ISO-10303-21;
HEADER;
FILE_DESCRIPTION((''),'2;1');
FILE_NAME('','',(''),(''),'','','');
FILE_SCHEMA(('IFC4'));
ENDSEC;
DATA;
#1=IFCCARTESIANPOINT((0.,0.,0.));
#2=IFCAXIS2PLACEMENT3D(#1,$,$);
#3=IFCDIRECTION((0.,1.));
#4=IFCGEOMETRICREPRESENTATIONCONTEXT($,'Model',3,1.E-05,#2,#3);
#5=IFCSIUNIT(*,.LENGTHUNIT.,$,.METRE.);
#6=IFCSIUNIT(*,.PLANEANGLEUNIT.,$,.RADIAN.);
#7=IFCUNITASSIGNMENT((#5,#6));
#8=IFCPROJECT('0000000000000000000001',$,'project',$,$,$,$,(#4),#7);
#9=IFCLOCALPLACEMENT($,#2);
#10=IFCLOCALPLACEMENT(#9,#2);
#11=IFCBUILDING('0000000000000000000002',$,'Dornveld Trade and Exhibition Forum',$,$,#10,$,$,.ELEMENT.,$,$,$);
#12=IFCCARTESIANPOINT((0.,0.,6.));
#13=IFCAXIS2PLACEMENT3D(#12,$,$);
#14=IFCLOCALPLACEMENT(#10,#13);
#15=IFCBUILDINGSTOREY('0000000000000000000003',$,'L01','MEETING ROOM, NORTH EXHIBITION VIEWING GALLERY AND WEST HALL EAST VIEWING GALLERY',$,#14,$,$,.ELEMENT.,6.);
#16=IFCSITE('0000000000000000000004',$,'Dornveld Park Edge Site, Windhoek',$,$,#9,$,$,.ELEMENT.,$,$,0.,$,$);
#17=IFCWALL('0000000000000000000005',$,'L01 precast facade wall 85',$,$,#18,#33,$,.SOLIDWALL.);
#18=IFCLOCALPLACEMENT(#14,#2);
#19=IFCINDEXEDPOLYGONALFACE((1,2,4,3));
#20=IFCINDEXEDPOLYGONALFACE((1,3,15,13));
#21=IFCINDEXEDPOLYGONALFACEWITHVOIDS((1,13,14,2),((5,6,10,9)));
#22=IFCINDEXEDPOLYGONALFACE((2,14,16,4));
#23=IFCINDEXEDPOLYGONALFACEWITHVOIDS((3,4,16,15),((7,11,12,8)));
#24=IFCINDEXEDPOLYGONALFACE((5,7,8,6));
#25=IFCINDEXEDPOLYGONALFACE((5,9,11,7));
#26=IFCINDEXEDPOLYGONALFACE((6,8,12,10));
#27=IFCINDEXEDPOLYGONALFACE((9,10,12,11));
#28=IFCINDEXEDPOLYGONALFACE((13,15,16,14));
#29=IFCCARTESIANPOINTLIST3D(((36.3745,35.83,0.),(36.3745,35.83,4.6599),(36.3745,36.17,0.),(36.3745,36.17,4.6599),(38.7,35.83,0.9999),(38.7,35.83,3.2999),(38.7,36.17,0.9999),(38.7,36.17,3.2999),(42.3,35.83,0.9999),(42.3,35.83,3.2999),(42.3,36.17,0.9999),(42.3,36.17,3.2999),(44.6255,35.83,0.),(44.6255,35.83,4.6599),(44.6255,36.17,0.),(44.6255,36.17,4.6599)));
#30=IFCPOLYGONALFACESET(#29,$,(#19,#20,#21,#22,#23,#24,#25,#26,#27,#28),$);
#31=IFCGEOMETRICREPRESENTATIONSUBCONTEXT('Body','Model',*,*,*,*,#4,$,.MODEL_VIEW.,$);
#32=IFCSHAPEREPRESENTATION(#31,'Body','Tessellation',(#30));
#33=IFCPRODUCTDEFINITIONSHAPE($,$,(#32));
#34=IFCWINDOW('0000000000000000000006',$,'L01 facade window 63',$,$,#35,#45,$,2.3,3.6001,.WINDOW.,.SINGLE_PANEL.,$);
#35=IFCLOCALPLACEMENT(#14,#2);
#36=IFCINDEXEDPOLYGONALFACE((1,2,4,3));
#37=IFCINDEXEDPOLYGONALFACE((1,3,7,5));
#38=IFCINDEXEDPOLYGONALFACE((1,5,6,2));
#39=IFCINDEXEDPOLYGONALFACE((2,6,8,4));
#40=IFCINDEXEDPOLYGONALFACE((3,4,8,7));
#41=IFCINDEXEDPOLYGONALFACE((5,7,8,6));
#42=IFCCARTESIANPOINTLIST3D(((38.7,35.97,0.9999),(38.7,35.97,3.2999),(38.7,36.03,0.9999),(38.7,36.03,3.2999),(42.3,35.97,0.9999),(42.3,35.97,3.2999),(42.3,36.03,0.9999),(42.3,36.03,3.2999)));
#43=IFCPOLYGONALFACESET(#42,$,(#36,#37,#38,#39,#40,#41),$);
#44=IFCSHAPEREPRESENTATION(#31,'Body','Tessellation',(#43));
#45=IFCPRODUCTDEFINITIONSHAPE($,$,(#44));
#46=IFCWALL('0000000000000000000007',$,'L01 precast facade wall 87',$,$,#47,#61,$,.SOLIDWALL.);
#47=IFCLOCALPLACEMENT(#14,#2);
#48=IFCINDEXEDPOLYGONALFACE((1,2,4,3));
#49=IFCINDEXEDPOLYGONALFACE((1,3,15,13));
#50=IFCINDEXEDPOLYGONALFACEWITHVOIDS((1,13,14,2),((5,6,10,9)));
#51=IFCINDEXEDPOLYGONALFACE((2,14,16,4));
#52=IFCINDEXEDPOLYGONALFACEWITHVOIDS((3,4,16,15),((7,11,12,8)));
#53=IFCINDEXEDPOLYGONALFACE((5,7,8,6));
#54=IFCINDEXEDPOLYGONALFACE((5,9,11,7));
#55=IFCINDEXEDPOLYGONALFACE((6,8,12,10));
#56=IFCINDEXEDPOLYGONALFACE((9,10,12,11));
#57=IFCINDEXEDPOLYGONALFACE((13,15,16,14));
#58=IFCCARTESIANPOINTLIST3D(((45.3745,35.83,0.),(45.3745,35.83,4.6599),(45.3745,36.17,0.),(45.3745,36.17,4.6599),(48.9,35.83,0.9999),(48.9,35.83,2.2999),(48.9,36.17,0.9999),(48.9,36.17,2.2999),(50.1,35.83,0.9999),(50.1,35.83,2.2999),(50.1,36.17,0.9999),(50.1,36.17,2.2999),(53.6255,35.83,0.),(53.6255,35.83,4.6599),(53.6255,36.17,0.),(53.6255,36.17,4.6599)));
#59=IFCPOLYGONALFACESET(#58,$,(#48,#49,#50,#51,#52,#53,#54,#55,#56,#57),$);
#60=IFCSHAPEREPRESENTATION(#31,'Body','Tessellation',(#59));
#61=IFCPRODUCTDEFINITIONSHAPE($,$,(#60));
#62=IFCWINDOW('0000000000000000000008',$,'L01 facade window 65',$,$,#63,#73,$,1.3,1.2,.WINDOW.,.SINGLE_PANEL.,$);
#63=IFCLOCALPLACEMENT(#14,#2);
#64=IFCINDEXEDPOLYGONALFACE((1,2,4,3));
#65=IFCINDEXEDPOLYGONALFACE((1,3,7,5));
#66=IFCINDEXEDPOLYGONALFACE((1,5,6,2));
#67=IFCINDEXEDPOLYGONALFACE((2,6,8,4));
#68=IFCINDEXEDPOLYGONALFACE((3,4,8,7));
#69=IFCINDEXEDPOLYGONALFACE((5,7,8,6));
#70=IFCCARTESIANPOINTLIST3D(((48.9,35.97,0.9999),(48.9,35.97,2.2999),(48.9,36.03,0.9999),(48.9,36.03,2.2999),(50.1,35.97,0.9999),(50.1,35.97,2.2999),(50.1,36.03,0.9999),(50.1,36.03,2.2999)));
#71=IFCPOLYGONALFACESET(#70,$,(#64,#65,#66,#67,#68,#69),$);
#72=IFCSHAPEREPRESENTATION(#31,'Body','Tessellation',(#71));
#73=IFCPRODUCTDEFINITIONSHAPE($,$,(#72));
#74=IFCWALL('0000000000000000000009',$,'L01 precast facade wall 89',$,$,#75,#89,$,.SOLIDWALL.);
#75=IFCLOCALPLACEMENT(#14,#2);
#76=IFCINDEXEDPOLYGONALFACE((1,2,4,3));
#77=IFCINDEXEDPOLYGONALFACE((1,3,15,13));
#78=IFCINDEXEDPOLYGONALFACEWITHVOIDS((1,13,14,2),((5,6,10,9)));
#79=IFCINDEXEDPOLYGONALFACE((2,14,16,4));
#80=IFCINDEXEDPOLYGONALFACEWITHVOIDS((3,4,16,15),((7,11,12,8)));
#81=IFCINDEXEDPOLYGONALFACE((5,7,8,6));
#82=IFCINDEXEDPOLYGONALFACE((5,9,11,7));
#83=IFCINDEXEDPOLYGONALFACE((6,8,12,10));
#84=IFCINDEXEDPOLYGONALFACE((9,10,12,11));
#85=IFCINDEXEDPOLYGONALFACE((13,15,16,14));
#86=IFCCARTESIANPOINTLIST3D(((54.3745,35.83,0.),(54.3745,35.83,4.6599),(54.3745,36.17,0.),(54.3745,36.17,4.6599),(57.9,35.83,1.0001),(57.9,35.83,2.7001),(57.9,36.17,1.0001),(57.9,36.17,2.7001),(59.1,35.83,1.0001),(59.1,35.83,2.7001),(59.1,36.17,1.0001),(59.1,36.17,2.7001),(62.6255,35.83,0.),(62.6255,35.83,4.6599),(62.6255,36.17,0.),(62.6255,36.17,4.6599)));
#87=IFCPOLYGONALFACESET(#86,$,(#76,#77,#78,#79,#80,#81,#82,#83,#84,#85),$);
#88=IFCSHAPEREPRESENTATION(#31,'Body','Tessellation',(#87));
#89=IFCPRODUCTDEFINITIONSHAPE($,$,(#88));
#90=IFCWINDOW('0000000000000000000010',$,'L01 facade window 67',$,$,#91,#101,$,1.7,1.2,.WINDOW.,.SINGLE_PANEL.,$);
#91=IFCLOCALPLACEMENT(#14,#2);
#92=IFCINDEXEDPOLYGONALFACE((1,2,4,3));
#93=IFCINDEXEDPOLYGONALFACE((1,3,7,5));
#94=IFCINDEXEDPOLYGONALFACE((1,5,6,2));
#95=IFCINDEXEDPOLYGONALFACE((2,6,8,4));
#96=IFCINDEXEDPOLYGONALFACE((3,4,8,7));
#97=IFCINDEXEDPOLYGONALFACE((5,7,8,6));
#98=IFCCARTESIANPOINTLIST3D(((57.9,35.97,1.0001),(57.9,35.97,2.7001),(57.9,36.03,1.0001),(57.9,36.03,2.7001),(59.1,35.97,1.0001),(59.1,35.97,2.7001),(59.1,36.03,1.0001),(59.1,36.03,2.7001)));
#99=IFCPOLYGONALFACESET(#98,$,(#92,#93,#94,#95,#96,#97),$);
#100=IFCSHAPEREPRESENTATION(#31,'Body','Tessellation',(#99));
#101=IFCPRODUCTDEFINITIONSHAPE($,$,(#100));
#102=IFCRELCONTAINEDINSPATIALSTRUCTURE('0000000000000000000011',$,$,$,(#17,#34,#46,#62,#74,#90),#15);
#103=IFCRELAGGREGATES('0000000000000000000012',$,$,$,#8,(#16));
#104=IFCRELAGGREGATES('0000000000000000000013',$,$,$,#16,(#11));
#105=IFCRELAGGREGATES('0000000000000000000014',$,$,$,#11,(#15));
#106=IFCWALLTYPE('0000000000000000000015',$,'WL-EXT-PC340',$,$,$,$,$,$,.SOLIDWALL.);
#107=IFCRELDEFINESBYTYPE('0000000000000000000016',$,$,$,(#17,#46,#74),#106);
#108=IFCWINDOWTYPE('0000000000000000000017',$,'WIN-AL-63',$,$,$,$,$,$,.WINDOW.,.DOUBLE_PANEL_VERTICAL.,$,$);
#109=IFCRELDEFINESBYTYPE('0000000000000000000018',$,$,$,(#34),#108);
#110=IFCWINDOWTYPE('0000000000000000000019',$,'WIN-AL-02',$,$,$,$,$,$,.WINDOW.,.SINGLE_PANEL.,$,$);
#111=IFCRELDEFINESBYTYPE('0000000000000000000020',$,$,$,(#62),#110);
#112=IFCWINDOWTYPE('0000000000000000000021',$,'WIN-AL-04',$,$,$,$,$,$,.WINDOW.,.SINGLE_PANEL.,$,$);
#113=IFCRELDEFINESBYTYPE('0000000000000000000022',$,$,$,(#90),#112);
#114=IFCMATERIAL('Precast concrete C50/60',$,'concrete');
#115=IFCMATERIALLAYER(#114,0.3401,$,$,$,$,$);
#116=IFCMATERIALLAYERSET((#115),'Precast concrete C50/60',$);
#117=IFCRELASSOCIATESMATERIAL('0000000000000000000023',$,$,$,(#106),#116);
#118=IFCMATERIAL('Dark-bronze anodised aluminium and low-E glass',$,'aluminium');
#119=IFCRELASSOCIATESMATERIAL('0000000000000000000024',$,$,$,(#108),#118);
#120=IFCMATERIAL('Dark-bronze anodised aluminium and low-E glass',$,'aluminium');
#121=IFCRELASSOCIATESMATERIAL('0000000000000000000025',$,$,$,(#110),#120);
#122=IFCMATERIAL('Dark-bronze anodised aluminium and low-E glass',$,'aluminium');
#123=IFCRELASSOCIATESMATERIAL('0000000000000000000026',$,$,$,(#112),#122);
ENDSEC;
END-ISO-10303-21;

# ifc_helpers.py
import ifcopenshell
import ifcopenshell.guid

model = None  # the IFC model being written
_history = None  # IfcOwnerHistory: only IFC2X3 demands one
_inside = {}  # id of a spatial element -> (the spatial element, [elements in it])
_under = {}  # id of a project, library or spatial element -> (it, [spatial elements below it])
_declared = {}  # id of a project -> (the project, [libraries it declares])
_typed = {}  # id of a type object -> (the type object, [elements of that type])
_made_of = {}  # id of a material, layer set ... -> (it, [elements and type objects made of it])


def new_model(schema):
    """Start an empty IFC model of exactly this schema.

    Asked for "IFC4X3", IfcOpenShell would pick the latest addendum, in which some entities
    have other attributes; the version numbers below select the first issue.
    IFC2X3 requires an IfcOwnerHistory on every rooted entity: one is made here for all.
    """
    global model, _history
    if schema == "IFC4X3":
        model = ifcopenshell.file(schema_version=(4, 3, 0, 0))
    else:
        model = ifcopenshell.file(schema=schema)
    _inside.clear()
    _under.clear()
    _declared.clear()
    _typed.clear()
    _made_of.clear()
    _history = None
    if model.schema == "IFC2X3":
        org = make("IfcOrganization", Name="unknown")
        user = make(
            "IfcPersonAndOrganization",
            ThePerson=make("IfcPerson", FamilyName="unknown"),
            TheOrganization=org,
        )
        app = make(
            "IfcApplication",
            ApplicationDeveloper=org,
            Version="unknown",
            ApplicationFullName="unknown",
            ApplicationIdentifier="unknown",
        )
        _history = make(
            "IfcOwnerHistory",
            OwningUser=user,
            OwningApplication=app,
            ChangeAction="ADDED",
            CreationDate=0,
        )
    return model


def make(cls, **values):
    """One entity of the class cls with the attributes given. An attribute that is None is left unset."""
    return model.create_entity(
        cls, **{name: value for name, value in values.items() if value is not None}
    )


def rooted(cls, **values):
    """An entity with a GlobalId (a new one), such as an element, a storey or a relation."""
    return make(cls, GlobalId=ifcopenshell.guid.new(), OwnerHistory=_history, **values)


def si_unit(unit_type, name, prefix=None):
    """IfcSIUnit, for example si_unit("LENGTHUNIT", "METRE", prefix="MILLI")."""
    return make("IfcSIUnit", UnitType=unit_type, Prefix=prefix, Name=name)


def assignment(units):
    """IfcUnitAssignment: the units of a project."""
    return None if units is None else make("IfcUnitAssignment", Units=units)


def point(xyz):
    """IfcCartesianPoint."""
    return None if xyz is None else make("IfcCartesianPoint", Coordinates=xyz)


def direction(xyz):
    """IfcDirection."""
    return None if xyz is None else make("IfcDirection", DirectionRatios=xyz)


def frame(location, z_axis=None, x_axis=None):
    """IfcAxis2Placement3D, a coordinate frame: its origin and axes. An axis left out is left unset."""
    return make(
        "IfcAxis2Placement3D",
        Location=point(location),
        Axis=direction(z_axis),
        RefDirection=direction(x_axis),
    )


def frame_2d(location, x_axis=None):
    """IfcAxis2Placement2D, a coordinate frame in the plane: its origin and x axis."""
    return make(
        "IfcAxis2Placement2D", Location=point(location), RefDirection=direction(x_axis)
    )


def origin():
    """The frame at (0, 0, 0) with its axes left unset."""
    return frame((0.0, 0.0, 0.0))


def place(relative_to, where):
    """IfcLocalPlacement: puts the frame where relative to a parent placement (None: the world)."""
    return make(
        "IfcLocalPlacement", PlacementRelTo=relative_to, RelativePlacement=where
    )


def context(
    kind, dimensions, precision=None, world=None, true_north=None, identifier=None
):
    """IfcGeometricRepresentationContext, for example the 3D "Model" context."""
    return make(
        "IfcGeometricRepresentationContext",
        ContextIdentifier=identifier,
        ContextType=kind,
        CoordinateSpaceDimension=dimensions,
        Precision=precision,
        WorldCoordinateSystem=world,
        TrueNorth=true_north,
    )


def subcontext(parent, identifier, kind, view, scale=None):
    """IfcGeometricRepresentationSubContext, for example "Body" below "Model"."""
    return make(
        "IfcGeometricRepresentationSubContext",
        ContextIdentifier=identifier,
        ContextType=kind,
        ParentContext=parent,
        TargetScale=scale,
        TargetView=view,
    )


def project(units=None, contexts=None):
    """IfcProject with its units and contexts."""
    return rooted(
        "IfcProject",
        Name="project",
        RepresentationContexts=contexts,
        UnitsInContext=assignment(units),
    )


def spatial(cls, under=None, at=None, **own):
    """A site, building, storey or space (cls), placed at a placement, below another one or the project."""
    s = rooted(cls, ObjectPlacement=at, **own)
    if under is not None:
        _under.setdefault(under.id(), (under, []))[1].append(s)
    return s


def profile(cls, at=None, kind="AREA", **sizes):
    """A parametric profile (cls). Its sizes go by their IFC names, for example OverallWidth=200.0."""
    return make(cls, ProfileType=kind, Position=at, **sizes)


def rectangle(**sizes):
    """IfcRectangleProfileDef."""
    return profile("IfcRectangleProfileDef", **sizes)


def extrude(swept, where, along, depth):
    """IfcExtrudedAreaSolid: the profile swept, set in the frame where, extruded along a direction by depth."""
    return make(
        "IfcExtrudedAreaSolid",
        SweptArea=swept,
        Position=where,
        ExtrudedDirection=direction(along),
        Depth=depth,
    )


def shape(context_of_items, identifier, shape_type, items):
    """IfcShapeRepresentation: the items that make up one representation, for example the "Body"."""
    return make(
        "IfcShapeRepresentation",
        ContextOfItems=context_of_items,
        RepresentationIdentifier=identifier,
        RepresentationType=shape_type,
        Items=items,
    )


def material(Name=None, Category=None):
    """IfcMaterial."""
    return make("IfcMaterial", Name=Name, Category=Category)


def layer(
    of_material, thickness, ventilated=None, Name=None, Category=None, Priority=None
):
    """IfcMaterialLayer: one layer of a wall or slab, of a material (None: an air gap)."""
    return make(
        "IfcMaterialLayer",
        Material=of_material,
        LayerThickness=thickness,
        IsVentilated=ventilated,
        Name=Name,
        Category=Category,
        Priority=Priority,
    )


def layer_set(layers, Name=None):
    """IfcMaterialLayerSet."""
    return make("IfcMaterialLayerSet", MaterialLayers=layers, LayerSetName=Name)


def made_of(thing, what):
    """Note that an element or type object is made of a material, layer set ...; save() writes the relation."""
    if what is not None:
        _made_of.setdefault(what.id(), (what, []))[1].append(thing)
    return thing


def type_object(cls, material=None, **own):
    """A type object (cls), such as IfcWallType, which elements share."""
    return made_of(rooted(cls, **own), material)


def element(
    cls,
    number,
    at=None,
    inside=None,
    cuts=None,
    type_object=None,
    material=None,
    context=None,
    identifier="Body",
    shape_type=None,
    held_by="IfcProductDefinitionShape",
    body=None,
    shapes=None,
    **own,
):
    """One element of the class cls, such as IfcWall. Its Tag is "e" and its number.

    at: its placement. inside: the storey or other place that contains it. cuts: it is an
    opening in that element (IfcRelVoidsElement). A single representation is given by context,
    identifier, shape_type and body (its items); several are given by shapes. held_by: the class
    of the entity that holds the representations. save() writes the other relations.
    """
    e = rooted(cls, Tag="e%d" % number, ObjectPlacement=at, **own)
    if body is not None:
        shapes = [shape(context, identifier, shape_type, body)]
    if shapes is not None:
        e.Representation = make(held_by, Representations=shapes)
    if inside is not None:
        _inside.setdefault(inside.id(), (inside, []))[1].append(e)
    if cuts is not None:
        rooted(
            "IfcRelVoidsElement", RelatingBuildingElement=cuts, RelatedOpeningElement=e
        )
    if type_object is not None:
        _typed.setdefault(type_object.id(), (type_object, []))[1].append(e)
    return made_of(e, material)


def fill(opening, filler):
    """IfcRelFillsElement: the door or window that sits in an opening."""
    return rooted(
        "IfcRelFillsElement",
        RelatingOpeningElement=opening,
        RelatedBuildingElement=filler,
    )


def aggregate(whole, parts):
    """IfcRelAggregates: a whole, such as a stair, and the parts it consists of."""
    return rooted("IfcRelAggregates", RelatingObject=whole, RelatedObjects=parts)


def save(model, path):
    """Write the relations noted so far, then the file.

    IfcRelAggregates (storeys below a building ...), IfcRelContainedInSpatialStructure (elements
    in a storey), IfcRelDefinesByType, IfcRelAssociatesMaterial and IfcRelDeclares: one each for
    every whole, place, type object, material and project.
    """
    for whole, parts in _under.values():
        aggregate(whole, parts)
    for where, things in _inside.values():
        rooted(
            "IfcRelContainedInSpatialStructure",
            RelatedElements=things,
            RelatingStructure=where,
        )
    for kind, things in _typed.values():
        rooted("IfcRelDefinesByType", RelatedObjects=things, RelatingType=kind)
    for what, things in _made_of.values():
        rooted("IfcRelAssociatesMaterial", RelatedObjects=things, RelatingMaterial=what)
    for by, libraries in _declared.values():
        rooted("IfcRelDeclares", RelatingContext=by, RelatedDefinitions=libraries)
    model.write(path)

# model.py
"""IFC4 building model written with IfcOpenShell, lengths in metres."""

from ifc_helpers import new_model, si_unit, direction, frame, frame_2d, origin, place, context, subcontext, project, spatial, rectangle, extrude, material, layer, layer_set, type_object, element, fill, save


model = new_model("IFC4")

# Units and contexts
model_context = context("Model", 3, precision=1e-05, world=origin(), true_north=direction((0.0, 1.0)))
body_context = subcontext(model_context, "Body", "Model", "MODEL_VIEW")
ifc_project = project(units=[si_unit("LENGTHUNIT", "METRE"), si_unit("PLANEANGLEUNIT", "RADIAN")], contexts=[model_context])

# Site, building, storey
site_placement = place(None, origin())
site = spatial("IfcSite", under=ifc_project, at=site_placement, Name="Dornveld Park Edge Site, Windhoek", CompositionType="ELEMENT", RefElevation=0.0)
building_placement = place(site_placement, origin())
building = spatial("IfcBuilding", under=site, at=building_placement, Name="Dornveld Trade and Exhibition Forum", CompositionType="ELEMENT")
storey_placement = place(building_placement, frame((0.0, 0.0, 6.0)))
storey = spatial("IfcBuildingStorey", under=building, at=storey_placement, Name="L01", Description="MEETING ROOM, NORTH EXHIBITION VIEWING GALLERY AND WEST HALL EAST VIEWING GALLERY", CompositionType="ELEMENT", Elevation=6.0)

# Walls, openings, windows
ifc_material_1 = material(Name="Precast concrete C50/60", Category="concrete")
ifc_layer_1 = layer(ifc_material_1, 0.3401)
ifc_layer_set_1 = layer_set([ifc_layer_1], Name="Precast concrete C50/60")
wall_type = type_object("IfcWallType", Name="WL-EXT-PC340", PredefinedType="SOLIDWALL", material=ifc_layer_set_1)
wall_1_placement = place(storey_placement, frame((36.3745, 36.0, 0.0), z_axis=(0.0, 0.0, 1.0), x_axis=(1.0, 0.0, 0.0)))
wall_1 = element("IfcWall", 1, at=wall_1_placement, inside=storey, type_object=wall_type, Name="L01 precast facade wall 85", PredefinedType="SOLIDWALL", context=body_context, shape_type="SweptSolid", body=[
    extrude(rectangle(XDim=8.251, YDim=0.3401, at=frame_2d((4.1255, 0.0))), origin(), (0.0, 0.0, 1.0), 4.6599),
])
opening_1_placement = place(wall_1_placement, frame((2.3254, 0.0, 1.0)))
opening_1 = element("IfcOpeningElement", 2, at=opening_1_placement, cuts=wall_1, PredefinedType="OPENING", context=body_context, shape_type="SweptSolid", body=[
    extrude(rectangle(XDim=3.6001, YDim=2.3, at=frame_2d((1.8, 1.1499))), frame((0.0, 0.1799, 0.0), z_axis=(0.0, -1.0, 0.0), x_axis=(1.0, 0.0, 0.0)), (0.0, 0.0, 1.0), 0.3601),
])
ifc_material_2 = material(Name="Dark-bronze anodised aluminium and low-E glass", Category="aluminium")
window_type_1 = type_object("IfcWindowType", Name="WIN-AL-63", PartitioningType="DOUBLE_PANEL_VERTICAL", PredefinedType="WINDOW", material=ifc_material_2)
window_1_placement = place(opening_1_placement, origin())
window_1 = element("IfcWindow", 3, at=window_1_placement, inside=storey, type_object=window_type_1, Name="L01 facade window 63", OverallHeight=2.3, OverallWidth=3.6001, PartitioningType="SINGLE_PANEL", PredefinedType="WINDOW", context=body_context, shape_type="SweptSolid", body=[
    extrude(rectangle(XDim=3.6001, YDim=2.3, at=frame_2d((1.8, 1.1499))), frame((0.0, 0.03, 0.0), z_axis=(0.0, -1.0, 0.0), x_axis=(1.0, 0.0, 0.0)), (0.0, 0.0, 1.0), 0.0601),
])
fill(opening_1, window_1)
wall_2_placement = place(storey_placement, frame((45.3745, 36.0, 0.0), z_axis=(0.0, 0.0, 1.0), x_axis=(1.0, 0.0, 0.0)))
wall_2 = element("IfcWall", 4, at=wall_2_placement, inside=storey, type_object=wall_type, Name="L01 precast facade wall 87", PredefinedType="SOLIDWALL", context=body_context, shape_type="SweptSolid", body=[
    extrude(rectangle(XDim=8.251, YDim=0.3401, at=frame_2d((4.1255, 0.0))), origin(), (0.0, 0.0, 1.0), 4.6599),
])
opening_2_placement = place(wall_2_placement, frame((3.5254, 0.0, 1.0)))
opening_2 = element("IfcOpeningElement", 5, at=opening_2_placement, cuts=wall_2, PredefinedType="OPENING", context=body_context, shape_type="SweptSolid", body=[
    extrude(rectangle(XDim=1.2, YDim=1.3, at=frame_2d((0.6001, 0.6499))), frame((0.0, 0.1799, 0.0), z_axis=(0.0, -1.0, 0.0), x_axis=(1.0, 0.0, 0.0)), (0.0, 0.0, 1.0), 0.3601),
])
ifc_material_3 = material(Name="Dark-bronze anodised aluminium and low-E glass", Category="aluminium")
window_type_2 = type_object("IfcWindowType", Name="WIN-AL-02", PartitioningType="SINGLE_PANEL", PredefinedType="WINDOW", material=ifc_material_3)
window_2_placement = place(opening_2_placement, origin())
window_2 = element("IfcWindow", 6, at=window_2_placement, inside=storey, type_object=window_type_2, Name="L01 facade window 65", OverallHeight=1.3, OverallWidth=1.2, PartitioningType="SINGLE_PANEL", PredefinedType="WINDOW", context=body_context, shape_type="SweptSolid", body=[
    extrude(rectangle(XDim=1.2, YDim=1.3, at=frame_2d((0.6001, 0.6499))), frame((0.0, 0.03, 0.0), z_axis=(0.0, -1.0, 0.0), x_axis=(1.0, 0.0, 0.0)), (0.0, 0.0, 1.0), 0.0601),
])
fill(opening_2, window_2)
wall_3_placement = place(storey_placement, frame((54.3745, 36.0, 0.0), z_axis=(0.0, 0.0, 1.0), x_axis=(1.0, 0.0, 0.0)))
wall_3 = element("IfcWall", 7, at=wall_3_placement, inside=storey, type_object=wall_type, Name="L01 precast facade wall 89", PredefinedType="SOLIDWALL", context=body_context, shape_type="SweptSolid", body=[
    extrude(rectangle(XDim=8.251, YDim=0.3401, at=frame_2d((4.1255, 0.0))), origin(), (0.0, 0.0, 1.0), 4.6599),
])
opening_3_placement = place(wall_3_placement, frame((3.5254, 0.0, 1.0)))
opening_3 = element("IfcOpeningElement", 8, at=opening_3_placement, cuts=wall_3, PredefinedType="OPENING", context=body_context, shape_type="SweptSolid", body=[
    extrude(rectangle(XDim=1.2, YDim=1.7, at=frame_2d((0.6001, 0.8501))), frame((0.0, 0.1799, 0.0), z_axis=(0.0, -1.0, 0.0), x_axis=(1.0, 0.0, 0.0)), (0.0, 0.0, 1.0), 0.3601),
])
ifc_material_4 = material(Name="Dark-bronze anodised aluminium and low-E glass", Category="aluminium")
window_type_3 = type_object("IfcWindowType", Name="WIN-AL-04", PartitioningType="SINGLE_PANEL", PredefinedType="WINDOW", material=ifc_material_4)
window_3_placement = place(opening_3_placement, origin())
window_3 = element("IfcWindow", 9, at=window_3_placement, inside=storey, type_object=window_type_3, Name="L01 facade window 67", OverallHeight=1.7, OverallWidth=1.2, PartitioningType="SINGLE_PANEL", PredefinedType="WINDOW", context=body_context, shape_type="SweptSolid", body=[
    extrude(rectangle(XDim=1.2, YDim=1.7, at=frame_2d((0.6001, 0.8501))), frame((0.0, 0.03, 0.0), z_axis=(0.0, -1.0, 0.0), x_axis=(1.0, 0.0, 0.0)), (0.0, 0.0, 1.0), 0.0601),
])
fill(opening_3, window_3)

save(model, "model.ifc")
